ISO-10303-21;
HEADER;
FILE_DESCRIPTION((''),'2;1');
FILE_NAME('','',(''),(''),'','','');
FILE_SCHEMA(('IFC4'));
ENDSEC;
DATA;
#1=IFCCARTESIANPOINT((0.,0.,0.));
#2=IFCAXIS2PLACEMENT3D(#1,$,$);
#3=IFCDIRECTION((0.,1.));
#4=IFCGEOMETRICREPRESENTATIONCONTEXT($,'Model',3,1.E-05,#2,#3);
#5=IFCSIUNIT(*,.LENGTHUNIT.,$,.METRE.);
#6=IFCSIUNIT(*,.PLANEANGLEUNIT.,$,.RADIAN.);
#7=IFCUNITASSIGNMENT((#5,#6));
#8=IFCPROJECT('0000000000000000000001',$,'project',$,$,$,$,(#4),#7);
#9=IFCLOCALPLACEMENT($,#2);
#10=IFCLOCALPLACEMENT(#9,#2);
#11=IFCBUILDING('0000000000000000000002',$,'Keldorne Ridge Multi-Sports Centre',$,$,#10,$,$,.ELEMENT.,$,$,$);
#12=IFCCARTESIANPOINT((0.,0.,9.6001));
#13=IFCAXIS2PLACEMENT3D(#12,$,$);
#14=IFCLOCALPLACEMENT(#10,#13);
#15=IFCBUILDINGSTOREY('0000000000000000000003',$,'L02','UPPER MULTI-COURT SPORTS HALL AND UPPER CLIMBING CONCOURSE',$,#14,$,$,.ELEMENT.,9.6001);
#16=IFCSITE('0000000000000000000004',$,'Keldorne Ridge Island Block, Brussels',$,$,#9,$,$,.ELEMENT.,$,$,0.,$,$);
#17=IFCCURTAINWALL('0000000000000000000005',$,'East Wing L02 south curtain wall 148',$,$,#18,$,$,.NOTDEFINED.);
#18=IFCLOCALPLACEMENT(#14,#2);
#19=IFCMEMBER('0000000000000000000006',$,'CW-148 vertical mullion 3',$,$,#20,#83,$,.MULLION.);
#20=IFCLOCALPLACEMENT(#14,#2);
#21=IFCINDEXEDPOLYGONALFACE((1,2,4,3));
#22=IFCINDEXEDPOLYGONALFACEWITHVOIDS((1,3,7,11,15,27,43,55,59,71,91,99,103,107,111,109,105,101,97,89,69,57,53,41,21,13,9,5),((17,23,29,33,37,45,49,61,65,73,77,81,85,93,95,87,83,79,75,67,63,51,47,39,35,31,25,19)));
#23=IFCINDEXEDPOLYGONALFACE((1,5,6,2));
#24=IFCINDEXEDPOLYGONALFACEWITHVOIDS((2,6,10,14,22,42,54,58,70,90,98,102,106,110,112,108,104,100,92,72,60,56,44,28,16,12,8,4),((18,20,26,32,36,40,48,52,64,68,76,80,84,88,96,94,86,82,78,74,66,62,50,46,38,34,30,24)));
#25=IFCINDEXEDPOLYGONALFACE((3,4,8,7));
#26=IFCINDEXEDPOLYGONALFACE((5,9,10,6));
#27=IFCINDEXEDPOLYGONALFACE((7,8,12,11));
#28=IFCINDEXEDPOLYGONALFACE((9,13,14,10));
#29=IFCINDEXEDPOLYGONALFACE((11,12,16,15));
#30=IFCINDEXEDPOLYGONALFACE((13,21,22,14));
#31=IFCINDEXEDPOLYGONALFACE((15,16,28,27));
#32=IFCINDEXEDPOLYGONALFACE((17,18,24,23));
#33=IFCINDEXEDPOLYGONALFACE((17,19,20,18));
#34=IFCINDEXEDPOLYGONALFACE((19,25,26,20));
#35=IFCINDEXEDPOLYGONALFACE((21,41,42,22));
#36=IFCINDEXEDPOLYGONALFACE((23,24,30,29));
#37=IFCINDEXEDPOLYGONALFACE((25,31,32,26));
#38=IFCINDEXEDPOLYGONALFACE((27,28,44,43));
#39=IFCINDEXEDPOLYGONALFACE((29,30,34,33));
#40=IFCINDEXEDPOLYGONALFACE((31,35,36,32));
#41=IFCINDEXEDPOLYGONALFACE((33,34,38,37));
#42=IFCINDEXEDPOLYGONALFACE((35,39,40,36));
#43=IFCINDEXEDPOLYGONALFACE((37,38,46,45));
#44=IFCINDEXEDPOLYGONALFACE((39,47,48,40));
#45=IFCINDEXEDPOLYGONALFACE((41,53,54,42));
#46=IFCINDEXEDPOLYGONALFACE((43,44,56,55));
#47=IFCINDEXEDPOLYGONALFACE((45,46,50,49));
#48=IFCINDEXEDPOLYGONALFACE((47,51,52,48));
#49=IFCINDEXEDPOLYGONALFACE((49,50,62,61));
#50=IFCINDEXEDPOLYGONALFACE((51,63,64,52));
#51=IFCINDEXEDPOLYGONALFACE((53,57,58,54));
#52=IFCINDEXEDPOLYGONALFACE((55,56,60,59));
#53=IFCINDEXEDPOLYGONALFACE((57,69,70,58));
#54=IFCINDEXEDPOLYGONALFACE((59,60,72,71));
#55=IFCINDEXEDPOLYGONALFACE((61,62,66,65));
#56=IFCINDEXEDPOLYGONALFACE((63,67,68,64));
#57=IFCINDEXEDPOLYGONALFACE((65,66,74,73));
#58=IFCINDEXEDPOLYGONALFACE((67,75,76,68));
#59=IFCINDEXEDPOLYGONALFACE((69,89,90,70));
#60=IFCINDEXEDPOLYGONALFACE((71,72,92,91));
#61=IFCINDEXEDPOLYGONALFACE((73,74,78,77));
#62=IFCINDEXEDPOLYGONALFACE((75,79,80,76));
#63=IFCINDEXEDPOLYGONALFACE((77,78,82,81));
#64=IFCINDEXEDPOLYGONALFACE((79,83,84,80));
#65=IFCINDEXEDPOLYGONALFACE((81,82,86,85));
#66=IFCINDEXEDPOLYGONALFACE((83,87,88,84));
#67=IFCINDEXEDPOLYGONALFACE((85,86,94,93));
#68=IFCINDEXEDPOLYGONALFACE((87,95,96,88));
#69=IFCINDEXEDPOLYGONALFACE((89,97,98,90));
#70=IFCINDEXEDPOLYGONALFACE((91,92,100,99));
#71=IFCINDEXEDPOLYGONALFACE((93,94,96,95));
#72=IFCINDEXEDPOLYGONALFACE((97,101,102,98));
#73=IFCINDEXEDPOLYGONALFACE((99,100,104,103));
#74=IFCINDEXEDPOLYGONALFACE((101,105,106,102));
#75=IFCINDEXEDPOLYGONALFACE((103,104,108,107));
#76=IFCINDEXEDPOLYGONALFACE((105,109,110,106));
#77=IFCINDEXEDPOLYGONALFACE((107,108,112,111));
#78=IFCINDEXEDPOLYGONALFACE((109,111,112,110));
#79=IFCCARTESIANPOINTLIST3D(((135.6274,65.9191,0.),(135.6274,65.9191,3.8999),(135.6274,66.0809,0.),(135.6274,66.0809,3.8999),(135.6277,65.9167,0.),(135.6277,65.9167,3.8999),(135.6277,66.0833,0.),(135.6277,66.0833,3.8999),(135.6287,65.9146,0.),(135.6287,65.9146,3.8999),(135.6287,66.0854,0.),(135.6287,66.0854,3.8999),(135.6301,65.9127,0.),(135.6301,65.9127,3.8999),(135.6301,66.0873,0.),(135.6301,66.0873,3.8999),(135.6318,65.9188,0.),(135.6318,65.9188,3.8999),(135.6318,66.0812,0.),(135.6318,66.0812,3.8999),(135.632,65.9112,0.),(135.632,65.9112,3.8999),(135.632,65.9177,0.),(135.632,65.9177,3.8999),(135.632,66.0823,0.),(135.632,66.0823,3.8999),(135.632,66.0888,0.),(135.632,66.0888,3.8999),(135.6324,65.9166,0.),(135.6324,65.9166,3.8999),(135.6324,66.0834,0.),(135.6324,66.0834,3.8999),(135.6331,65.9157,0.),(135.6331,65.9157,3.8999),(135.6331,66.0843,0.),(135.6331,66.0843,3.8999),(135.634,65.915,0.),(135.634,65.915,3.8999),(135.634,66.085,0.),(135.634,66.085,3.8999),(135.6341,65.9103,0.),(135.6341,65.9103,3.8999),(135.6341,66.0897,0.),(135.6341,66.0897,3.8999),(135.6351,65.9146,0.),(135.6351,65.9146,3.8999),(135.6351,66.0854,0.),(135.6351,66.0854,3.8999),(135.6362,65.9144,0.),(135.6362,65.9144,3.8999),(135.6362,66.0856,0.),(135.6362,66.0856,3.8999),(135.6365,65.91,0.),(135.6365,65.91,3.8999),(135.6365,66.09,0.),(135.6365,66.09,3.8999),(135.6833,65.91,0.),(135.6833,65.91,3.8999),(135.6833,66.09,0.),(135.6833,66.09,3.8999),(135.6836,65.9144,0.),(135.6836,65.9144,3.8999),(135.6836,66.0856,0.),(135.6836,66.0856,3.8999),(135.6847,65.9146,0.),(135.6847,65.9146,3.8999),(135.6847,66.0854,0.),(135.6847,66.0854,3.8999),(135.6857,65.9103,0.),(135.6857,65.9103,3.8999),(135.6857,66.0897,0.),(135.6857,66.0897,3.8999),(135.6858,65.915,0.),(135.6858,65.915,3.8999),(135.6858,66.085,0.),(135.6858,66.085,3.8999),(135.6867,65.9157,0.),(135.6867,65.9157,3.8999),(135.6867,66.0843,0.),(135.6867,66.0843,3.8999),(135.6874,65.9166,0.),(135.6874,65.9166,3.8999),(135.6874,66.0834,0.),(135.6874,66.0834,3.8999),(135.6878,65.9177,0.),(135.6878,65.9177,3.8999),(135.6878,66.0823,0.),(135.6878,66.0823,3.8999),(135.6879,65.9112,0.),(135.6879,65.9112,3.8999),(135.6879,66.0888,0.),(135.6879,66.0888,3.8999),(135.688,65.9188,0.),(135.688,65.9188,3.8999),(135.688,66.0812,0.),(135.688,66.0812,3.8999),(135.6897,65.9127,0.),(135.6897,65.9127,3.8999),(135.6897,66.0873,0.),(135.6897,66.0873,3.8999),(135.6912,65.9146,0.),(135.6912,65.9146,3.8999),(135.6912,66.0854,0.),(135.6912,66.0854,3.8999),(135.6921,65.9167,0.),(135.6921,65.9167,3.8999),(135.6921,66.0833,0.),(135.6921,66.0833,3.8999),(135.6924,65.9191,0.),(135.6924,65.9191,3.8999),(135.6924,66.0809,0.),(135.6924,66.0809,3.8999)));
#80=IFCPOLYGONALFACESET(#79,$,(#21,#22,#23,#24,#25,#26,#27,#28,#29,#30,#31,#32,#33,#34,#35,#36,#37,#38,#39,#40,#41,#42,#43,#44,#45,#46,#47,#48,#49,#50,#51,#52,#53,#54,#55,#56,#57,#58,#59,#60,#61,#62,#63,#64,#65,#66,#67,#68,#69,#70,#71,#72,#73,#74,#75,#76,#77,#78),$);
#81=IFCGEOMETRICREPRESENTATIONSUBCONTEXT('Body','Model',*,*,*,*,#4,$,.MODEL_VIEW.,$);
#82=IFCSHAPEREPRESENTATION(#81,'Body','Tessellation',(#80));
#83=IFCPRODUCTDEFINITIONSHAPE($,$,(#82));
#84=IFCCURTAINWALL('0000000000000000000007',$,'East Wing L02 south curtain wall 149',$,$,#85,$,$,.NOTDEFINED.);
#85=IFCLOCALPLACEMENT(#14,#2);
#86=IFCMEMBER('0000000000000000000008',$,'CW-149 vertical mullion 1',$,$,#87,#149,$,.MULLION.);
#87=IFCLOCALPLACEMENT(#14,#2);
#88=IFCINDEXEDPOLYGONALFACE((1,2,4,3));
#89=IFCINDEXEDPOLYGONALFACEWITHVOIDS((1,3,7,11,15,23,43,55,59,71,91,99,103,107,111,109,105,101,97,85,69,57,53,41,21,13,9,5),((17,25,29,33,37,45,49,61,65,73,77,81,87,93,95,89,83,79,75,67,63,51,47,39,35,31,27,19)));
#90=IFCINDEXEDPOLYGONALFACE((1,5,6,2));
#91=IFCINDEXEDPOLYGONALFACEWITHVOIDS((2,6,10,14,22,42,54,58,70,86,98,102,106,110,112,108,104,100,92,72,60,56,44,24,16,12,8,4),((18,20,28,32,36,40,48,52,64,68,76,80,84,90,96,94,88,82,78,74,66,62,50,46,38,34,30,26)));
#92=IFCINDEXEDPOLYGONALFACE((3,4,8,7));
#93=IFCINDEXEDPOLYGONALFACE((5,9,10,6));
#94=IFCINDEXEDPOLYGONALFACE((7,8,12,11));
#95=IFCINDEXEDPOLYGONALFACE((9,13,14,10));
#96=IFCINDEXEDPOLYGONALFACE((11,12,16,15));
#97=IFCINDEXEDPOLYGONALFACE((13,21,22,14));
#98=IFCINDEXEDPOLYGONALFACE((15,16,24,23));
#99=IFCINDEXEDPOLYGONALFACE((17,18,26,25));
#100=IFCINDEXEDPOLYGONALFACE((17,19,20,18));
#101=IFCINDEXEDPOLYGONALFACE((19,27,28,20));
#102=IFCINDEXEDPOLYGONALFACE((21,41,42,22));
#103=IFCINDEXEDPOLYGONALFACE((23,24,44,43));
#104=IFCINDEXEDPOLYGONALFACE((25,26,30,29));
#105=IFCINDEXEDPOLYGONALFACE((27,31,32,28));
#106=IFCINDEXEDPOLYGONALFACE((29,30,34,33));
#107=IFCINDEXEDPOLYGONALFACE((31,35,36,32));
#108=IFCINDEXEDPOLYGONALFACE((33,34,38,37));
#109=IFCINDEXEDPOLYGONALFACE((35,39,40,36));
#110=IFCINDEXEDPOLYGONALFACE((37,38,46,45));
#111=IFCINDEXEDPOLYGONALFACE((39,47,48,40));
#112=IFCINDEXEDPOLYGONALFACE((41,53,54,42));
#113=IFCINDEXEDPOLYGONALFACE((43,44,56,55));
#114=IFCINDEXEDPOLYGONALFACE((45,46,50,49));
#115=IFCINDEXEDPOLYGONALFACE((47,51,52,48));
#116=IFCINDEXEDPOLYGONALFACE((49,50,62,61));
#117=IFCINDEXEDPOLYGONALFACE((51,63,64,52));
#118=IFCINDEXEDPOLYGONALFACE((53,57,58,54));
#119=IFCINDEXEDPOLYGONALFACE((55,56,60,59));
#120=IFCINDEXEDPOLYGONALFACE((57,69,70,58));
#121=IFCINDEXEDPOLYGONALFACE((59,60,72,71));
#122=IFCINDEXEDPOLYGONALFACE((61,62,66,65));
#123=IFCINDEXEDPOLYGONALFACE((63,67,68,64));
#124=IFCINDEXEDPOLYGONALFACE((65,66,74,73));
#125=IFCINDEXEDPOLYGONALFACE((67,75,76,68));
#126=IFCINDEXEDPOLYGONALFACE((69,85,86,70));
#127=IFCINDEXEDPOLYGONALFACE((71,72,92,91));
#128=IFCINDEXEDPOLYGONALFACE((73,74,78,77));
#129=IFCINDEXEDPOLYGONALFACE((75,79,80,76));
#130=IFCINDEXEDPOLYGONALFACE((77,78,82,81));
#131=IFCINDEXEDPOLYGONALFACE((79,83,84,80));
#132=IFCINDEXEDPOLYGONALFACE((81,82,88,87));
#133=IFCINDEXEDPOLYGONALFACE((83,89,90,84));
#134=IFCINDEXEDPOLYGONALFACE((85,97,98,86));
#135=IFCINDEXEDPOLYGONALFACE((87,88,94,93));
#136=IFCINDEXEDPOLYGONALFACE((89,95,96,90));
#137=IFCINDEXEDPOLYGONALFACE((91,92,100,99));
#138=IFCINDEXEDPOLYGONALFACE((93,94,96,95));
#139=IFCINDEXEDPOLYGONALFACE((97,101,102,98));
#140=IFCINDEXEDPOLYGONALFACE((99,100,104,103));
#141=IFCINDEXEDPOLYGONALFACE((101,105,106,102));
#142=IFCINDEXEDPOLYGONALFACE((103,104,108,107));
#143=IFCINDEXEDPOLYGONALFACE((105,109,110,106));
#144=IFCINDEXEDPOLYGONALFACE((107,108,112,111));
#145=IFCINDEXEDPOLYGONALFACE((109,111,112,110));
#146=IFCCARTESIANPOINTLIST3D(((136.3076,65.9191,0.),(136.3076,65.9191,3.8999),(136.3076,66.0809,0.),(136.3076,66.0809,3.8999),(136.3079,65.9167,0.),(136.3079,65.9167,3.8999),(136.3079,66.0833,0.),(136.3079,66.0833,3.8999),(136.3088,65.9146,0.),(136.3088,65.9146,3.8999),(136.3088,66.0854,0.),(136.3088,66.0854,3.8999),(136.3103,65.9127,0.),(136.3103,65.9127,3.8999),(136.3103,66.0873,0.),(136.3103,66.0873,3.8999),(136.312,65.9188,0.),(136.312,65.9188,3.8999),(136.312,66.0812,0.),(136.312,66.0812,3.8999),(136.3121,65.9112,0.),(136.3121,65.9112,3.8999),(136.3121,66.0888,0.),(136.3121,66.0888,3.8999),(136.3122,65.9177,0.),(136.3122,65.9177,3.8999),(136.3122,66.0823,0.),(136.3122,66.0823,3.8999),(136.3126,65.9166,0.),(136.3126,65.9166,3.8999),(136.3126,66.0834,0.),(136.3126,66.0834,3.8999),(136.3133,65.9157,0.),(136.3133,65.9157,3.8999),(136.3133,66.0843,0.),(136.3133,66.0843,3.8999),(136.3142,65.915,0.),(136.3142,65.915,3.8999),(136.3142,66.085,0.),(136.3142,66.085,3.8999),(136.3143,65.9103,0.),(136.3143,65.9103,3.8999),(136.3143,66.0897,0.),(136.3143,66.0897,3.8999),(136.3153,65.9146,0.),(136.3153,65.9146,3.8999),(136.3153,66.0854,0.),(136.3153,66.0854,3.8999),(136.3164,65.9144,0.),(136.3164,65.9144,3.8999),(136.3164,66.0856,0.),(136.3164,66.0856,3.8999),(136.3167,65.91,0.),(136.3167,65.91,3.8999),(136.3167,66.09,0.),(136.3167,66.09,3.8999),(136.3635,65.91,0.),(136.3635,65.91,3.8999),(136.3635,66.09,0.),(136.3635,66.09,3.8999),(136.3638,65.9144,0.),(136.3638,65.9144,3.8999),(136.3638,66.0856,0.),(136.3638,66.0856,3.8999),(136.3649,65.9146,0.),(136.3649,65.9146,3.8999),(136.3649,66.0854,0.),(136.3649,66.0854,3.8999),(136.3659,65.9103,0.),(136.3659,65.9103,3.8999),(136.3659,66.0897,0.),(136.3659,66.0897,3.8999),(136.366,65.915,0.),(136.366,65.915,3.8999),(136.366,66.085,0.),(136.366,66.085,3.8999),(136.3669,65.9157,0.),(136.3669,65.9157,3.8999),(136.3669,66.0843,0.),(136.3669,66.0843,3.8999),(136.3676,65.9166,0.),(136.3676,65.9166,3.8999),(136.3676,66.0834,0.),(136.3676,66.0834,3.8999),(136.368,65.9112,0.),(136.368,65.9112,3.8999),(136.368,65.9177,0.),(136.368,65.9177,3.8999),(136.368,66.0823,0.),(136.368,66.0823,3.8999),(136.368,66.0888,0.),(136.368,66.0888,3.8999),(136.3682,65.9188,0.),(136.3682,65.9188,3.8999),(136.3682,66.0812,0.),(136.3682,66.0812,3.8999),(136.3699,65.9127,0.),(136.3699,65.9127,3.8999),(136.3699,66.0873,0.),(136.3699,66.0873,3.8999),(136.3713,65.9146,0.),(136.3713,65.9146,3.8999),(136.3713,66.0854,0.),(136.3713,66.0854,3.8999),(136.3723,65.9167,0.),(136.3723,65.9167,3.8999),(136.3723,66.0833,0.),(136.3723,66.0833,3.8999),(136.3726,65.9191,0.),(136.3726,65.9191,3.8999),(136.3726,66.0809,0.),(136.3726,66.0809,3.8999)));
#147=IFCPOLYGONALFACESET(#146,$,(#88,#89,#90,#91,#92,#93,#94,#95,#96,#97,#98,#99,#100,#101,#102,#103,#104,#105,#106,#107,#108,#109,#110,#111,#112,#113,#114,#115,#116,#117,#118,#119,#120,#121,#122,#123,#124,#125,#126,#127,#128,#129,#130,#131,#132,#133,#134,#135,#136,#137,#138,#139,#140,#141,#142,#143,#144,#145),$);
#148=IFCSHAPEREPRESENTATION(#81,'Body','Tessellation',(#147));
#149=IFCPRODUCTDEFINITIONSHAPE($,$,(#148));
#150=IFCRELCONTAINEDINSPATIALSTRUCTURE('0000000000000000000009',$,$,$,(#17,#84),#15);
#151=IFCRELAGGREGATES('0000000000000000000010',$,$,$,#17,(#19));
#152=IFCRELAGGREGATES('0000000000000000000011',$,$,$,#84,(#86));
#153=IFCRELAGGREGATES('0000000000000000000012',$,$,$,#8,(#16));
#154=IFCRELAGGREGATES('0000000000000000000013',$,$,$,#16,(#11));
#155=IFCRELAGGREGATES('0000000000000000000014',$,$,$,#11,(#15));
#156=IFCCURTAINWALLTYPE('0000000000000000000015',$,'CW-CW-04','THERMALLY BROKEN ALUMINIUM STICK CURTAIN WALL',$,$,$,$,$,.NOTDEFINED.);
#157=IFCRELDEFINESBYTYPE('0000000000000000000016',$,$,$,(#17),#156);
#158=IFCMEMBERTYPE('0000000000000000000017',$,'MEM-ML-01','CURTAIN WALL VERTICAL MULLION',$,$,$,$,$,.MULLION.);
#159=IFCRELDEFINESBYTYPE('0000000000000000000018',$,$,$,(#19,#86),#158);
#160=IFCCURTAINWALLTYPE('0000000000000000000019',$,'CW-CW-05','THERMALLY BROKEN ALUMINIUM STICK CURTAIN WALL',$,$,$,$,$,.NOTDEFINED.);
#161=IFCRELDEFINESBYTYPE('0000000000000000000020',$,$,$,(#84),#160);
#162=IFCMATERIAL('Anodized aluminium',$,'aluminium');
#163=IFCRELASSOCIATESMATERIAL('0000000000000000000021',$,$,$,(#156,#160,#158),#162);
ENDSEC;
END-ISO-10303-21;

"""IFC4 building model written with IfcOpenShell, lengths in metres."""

from ifc_helpers import new_model, si_unit, direction, frame, origin, origin_2d, place, context, subcontext, project, spatial, hollow_rectangle, extrude, material, material_profile, profile_set, type_object, element, aggregate, save


model = new_model("IFC4")

# Units and contexts
model_context = context("Model", 3, precision=1e-05, world=origin(), true_north=direction((0.0, 1.0)))
body_context = subcontext(model_context, "Body", "Model", "MODEL_VIEW")
ifc_project = project(units=[si_unit("LENGTHUNIT", "METRE"), si_unit("PLANEANGLEUNIT", "RADIAN")], contexts=[model_context])

# Site, building, storey
site_placement = place(None, origin())
site = spatial("IfcSite", under=ifc_project, at=site_placement, Name="Keldorne Ridge Island Block, Brussels", CompositionType="ELEMENT", RefElevation=0.0)
building_placement = place(site_placement, origin())
building = spatial("IfcBuilding", under=site, at=building_placement, Name="Keldorne Ridge Multi-Sports Centre", CompositionType="ELEMENT")
storey_placement = place(building_placement, frame((0.0, 0.0, 9.6001)))
storey = spatial("IfcBuildingStorey", under=building, at=storey_placement, Name="L02", Description="UPPER MULTI-COURT SPORTS HALL AND UPPER CLIMBING CONCOURSE", CompositionType="ELEMENT", Elevation=9.6001)

# Curtain walls, members
ifc_material_1 = material(Name="Anodized aluminium", Category="aluminium")
curtain_wall_type_1 = type_object("IfcCurtainWallType", Name="CW-CW-04", Description="THERMALLY BROKEN ALUMINIUM STICK CURTAIN WALL", PredefinedType="NOTDEFINED", material=ifc_material_1)
curtain_wall_1_placement = place(storey_placement, origin())
curtain_wall_1 = element("IfcCurtainWall", 1, at=curtain_wall_1_placement, inside=storey, type_object=curtain_wall_type_1, Name="East Wing L02 south curtain wall 148", PredefinedType="NOTDEFINED")
ifc_material_profile_1 = material_profile(ifc_material_1, hollow_rectangle(XDim=0.0649, YDim=0.1799, WallThickness=0.0044, InnerFilletRadius=0.0044, OuterFilletRadius=0.009, at=origin_2d()), Name="ALU MULLION 180x65x4.5")
ifc_profile_set_1 = profile_set([ifc_material_profile_1], Name="Anodized aluminium")
member_type_1 = type_object("IfcMemberType", Name="MEM-ML-01", Description="CURTAIN WALL VERTICAL MULLION", PredefinedType="MULLION", material=ifc_profile_set_1)
member_1_placement = place(storey_placement, frame((135.6599, 66.0, 0.0), z_axis=(0.0, 0.0, 1.0), x_axis=(1.0, 0.0, 0.0)))
member_1 = element("IfcMember", 2, at=member_1_placement, type_object=member_type_1, Name="CW-148 vertical mullion 3", PredefinedType="MULLION", context=body_context, shape_type="SweptSolid", body=[
    extrude(hollow_rectangle(XDim=0.0649, YDim=0.1799, WallThickness=0.0044, InnerFilletRadius=0.0044, OuterFilletRadius=0.009, at=origin_2d()), origin(), (0.0, 0.0, 1.0), 3.8999),
])
curtain_wall_type_2 = type_object("IfcCurtainWallType", Name="CW-CW-05", Description="THERMALLY BROKEN ALUMINIUM STICK CURTAIN WALL", PredefinedType="NOTDEFINED", material=ifc_material_1)
curtain_wall_2_placement = place(storey_placement, origin())
curtain_wall_2 = element("IfcCurtainWall", 3, at=curtain_wall_2_placement, inside=storey, type_object=curtain_wall_type_2, Name="East Wing L02 south curtain wall 149", PredefinedType="NOTDEFINED")
member_2_placement = place(storey_placement, frame((136.3401, 66.0, 0.0), z_axis=(0.0, 0.0, 1.0), x_axis=(1.0, 0.0, 0.0)))
member_2 = element("IfcMember", 4, at=member_2_placement, type_object=member_type_1, Name="CW-149 vertical mullion 1", PredefinedType="MULLION", context=body_context, shape_type="SweptSolid", body=[
    extrude(hollow_rectangle(XDim=0.0649, YDim=0.1799, WallThickness=0.0044, InnerFilletRadius=0.0044, OuterFilletRadius=0.009, at=origin_2d()), origin(), (0.0, 0.0, 1.0), 3.8999),
])

aggregate(curtain_wall_1, [member_1])
aggregate(curtain_wall_2, [member_2])

save(model, "model.ifc")
